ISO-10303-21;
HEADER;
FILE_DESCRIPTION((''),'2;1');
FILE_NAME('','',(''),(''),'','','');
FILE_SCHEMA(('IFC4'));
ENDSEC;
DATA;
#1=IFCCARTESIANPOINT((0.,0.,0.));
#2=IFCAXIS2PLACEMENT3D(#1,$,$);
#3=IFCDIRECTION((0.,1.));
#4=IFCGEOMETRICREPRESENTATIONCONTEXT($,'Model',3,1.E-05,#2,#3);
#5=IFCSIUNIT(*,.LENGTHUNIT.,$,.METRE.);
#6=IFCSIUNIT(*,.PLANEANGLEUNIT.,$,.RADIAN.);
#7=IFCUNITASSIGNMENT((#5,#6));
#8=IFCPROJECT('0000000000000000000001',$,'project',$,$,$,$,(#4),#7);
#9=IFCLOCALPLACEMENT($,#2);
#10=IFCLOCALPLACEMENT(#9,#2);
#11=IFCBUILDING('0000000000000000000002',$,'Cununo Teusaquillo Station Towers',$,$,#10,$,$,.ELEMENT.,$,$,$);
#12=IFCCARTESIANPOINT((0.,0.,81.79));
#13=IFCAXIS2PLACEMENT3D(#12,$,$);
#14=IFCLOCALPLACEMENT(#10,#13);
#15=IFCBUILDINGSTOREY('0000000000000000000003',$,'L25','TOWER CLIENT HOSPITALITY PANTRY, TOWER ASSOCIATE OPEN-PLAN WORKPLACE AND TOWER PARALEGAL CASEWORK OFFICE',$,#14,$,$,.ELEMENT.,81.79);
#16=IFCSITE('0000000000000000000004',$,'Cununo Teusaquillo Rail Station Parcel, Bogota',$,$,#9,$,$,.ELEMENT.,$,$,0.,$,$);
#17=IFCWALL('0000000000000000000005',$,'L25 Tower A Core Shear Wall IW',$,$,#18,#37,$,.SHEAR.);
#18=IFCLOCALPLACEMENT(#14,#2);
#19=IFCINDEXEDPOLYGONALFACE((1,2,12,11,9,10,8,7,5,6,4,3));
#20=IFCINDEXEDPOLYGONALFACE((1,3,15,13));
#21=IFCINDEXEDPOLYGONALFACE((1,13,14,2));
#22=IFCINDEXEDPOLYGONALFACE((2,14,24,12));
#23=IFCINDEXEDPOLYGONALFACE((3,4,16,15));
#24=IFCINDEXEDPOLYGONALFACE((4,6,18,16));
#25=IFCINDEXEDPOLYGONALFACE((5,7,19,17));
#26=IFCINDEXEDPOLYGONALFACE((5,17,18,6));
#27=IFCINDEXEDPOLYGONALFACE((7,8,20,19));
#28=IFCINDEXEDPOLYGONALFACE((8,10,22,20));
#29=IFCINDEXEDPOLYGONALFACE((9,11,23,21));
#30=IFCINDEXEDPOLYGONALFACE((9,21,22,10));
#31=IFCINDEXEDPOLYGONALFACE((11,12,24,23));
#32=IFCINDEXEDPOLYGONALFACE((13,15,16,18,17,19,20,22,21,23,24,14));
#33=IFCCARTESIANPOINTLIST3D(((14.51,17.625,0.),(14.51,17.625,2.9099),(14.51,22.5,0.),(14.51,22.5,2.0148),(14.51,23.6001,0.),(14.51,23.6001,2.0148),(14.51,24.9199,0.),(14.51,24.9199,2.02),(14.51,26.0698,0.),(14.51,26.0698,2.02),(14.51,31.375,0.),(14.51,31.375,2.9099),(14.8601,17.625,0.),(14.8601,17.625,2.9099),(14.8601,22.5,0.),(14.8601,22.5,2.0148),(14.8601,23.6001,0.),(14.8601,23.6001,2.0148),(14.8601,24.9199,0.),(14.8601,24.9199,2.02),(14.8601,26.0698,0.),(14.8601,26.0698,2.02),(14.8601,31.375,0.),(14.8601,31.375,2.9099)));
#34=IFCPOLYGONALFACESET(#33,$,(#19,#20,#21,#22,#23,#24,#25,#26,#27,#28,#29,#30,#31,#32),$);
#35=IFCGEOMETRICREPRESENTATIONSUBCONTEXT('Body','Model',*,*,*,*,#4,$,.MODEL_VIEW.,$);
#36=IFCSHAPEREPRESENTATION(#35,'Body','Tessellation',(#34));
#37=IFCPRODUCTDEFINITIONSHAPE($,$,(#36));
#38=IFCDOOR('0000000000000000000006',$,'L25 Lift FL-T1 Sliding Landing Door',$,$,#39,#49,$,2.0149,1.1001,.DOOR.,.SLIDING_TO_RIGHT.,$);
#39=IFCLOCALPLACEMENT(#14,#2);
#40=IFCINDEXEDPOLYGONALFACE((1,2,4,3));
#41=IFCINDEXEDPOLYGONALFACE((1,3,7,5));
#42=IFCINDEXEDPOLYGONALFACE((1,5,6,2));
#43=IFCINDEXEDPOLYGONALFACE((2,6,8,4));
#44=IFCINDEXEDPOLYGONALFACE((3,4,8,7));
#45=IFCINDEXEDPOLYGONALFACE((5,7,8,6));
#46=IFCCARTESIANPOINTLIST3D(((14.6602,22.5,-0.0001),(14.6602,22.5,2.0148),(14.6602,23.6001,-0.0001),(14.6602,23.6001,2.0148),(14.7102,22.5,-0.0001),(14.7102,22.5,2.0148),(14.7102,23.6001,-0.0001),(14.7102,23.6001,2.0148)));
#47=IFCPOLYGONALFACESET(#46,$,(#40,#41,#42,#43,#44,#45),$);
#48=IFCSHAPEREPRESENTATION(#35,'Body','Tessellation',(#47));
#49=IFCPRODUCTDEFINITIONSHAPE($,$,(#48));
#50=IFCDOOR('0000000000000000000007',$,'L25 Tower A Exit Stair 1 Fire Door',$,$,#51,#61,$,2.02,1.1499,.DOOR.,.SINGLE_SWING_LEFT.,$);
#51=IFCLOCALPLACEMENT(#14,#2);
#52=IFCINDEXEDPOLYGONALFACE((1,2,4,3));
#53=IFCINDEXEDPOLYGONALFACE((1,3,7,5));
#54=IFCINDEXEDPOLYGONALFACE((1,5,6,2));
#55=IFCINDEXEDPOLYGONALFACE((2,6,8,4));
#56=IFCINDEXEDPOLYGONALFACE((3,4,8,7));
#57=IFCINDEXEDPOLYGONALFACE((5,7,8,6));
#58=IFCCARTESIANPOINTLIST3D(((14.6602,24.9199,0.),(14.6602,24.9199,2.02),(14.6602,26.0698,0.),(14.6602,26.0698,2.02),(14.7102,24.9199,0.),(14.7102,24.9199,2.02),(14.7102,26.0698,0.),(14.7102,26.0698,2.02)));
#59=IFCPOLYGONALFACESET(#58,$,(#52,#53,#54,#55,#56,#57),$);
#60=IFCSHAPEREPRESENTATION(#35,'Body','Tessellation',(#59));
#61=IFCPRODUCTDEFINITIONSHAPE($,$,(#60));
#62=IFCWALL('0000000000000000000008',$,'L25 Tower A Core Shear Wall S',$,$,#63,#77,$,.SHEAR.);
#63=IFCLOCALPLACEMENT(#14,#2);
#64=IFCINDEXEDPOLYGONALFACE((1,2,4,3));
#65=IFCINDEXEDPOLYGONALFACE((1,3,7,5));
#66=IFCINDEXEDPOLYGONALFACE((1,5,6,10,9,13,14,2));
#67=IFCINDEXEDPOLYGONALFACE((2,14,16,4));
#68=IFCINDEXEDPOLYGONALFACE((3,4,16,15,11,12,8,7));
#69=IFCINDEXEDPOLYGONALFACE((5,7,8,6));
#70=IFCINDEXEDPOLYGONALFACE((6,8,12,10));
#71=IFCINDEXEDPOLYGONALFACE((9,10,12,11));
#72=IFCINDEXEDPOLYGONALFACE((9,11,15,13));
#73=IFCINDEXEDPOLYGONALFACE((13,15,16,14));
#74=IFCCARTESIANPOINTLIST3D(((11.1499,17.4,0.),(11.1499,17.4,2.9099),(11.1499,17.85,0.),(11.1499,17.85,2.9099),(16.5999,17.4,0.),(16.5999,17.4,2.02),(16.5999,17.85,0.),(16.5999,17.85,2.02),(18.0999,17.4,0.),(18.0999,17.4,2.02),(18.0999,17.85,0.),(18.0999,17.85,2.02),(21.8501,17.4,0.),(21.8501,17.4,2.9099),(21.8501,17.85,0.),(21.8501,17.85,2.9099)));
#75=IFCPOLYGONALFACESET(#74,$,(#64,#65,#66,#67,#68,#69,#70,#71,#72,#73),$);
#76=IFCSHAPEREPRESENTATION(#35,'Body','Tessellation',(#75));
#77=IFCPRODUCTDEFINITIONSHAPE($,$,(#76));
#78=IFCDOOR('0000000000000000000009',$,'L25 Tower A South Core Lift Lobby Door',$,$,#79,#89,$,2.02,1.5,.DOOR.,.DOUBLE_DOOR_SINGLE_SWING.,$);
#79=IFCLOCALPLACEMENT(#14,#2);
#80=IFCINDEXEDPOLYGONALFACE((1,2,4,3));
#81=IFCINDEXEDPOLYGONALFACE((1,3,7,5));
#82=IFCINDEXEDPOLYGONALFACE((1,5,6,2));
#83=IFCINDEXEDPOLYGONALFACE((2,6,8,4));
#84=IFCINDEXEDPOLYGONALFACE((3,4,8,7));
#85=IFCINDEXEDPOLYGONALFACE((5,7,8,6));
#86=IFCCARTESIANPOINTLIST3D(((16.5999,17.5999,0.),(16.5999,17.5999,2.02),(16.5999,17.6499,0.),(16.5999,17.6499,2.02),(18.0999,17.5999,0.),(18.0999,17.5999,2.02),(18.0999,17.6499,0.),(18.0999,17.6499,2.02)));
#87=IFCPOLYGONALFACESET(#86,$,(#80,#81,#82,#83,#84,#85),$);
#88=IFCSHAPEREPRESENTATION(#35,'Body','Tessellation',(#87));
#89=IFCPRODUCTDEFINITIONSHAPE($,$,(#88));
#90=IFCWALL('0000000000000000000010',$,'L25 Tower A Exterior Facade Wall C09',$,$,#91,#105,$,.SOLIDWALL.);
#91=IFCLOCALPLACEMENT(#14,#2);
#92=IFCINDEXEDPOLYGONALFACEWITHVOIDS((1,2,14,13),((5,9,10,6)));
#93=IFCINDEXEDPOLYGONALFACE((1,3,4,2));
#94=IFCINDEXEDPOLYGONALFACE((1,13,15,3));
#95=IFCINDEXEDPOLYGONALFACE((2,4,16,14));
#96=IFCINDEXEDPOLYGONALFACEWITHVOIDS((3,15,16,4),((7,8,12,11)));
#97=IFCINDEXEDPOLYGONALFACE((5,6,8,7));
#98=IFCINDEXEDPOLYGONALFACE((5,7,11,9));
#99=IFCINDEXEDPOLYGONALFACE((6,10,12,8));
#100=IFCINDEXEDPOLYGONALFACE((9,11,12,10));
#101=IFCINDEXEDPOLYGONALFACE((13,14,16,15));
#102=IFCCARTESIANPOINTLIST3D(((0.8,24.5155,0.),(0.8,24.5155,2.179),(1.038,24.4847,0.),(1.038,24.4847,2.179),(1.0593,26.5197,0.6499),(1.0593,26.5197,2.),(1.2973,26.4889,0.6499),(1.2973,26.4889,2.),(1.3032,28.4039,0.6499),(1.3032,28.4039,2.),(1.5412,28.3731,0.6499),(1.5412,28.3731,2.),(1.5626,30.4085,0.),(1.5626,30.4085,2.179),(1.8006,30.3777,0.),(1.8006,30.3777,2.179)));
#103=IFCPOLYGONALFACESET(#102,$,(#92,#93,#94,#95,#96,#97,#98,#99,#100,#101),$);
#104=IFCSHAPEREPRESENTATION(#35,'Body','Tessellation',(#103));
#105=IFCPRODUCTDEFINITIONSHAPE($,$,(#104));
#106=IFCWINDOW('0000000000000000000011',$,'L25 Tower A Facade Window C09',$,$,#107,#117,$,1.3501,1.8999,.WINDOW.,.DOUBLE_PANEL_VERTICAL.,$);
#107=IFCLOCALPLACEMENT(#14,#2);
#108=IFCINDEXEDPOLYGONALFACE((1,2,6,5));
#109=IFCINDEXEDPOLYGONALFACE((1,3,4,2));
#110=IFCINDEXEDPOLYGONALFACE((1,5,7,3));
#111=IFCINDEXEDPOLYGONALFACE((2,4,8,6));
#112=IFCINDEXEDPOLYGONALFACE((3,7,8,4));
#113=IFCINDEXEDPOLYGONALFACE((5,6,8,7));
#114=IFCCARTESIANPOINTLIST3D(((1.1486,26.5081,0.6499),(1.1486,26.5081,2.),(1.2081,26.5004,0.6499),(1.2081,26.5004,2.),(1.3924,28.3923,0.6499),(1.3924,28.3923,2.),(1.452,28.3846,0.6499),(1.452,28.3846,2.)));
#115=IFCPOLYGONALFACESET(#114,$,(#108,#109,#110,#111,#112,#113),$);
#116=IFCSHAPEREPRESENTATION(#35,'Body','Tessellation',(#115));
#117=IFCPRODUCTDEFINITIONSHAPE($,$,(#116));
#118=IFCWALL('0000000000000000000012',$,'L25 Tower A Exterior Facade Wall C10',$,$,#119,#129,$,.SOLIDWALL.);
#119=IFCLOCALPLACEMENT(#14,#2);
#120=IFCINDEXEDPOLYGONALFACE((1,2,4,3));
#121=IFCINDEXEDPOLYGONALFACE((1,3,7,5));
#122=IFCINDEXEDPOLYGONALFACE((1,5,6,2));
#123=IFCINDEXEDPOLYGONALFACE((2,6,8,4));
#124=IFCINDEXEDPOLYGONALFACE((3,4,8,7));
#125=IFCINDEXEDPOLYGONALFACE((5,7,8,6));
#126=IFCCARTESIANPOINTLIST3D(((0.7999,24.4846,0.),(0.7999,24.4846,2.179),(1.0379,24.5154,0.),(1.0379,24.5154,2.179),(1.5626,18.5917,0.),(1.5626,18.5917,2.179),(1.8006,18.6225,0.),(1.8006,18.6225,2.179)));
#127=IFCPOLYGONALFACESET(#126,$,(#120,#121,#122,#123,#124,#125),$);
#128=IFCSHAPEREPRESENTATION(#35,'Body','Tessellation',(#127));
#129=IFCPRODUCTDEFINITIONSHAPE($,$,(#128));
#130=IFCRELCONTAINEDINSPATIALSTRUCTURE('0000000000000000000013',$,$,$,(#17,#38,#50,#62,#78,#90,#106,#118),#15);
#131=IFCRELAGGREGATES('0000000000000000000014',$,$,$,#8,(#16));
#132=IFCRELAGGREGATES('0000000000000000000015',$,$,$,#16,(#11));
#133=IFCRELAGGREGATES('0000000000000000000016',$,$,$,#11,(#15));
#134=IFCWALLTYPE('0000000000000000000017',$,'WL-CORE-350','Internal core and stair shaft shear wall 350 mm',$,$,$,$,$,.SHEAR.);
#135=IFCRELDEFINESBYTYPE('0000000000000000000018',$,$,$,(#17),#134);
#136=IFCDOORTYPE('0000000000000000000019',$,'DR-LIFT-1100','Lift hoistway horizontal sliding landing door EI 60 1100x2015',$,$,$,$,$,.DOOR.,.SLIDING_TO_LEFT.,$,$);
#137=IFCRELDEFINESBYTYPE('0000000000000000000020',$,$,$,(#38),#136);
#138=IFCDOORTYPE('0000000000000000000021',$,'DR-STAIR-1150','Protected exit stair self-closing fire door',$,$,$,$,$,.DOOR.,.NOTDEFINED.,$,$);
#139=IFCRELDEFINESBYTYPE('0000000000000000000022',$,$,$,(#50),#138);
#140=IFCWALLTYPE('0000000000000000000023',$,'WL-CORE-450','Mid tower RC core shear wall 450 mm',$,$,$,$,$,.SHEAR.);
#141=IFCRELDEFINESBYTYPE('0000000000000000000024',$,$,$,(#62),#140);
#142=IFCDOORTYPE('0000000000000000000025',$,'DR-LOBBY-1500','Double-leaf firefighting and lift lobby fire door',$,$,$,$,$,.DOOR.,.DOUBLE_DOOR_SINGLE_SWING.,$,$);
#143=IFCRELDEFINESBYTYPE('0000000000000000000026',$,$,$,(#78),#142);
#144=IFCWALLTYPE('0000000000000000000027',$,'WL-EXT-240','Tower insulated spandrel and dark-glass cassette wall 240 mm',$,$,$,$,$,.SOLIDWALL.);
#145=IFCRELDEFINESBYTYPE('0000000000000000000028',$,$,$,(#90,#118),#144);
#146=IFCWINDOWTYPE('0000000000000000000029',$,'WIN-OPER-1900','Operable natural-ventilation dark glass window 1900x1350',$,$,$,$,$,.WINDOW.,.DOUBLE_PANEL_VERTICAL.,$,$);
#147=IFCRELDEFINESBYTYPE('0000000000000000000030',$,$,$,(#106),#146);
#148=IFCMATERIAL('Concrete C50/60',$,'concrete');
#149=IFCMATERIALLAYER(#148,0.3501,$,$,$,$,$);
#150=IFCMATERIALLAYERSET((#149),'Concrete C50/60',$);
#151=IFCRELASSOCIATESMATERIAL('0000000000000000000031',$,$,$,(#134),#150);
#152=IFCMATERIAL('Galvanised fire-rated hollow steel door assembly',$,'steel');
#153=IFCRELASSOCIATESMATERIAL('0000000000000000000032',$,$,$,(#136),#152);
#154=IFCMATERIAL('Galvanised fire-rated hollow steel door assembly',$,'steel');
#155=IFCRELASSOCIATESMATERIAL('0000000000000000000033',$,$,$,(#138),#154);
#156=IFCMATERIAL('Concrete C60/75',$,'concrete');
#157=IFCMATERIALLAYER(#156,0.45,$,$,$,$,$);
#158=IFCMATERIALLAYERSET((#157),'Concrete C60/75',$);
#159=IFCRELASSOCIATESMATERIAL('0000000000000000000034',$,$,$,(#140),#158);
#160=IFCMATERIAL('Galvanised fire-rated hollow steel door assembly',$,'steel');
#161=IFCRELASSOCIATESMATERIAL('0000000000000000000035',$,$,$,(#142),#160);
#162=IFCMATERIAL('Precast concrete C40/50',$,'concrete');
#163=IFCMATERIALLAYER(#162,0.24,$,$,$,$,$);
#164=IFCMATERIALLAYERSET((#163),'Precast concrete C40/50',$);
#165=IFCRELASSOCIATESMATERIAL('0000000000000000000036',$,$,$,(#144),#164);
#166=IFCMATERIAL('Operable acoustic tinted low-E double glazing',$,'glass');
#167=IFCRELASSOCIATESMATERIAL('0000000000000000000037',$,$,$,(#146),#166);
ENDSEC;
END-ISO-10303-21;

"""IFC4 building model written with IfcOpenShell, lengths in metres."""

from ifc_helpers import new_model, si_unit, direction, frame, frame_2d, origin, place, context, subcontext, project, spatial, rectangle, extrude, source, transform, mapped, material, layer, layer_set, type_object, element, fill, save


model = new_model("IFC4")

# Units and contexts
model_context = context("Model", 3, precision=1e-05, world=origin(), true_north=direction((0.0, 1.0)))
body_context = subcontext(model_context, "Body", "Model", "MODEL_VIEW")
ifc_project = project(units=[si_unit("LENGTHUNIT", "METRE"), si_unit("PLANEANGLEUNIT", "RADIAN")], contexts=[model_context])

# Site, building, storey
site_placement = place(None, origin())
site = spatial("IfcSite", under=ifc_project, at=site_placement, Name="Cununo Teusaquillo Rail Station Parcel, Bogota", CompositionType="ELEMENT", RefElevation=0.0)
building_placement = place(site_placement, origin())
building = spatial("IfcBuilding", under=site, at=building_placement, Name="Cununo Teusaquillo Station Towers", CompositionType="ELEMENT")
storey_placement = place(building_placement, frame((0.0, 0.0, 81.79)))
storey = spatial("IfcBuildingStorey", under=building, at=storey_placement, Name="L25", Description="TOWER CLIENT HOSPITALITY PANTRY, TOWER ASSOCIATE OPEN-PLAN WORKPLACE AND TOWER PARALEGAL CASEWORK OFFICE", CompositionType="ELEMENT", Elevation=81.79)

# Wall, openings, doors
ifc_material_1 = material(Name="Concrete C50/60", Category="concrete")
ifc_layer_1 = layer(ifc_material_1, 0.3501)
ifc_layer_set_1 = layer_set([ifc_layer_1], Name="Concrete C50/60")
wall_type_1 = type_object("IfcWallType", Name="WL-CORE-350", Description="Internal core and stair shaft shear wall 350 mm", PredefinedType="SHEAR", material=ifc_layer_set_1)
wall_1_placement = place(storey_placement, frame((14.6851, 17.625, 0.0), z_axis=(0.0, 0.0, 1.0), x_axis=(0.0, 1.0, 0.0)))
wall_1 = element("IfcWall", 1, at=wall_1_placement, inside=storey, type_object=wall_type_1, Name="L25 Tower A Core Shear Wall IW", PredefinedType="SHEAR", context=body_context, shape_type="SweptSolid", body=[
    extrude(rectangle(XDim=13.75, YDim=0.3501, at=frame_2d((6.875, 0.0))), origin(), (0.0, 0.0, 1.0), 2.9099),
])
shared_shape_1 = source(origin(), body_context, "Body", "SweptSolid", [
    extrude(rectangle(XDim=1.1001, YDim=2.0149, at=frame_2d((0.55, 1.0073))), frame((0.0, 0.1851, 0.0), z_axis=(0.0, -1.0, 0.0), x_axis=(1.0, 0.0, 0.0)), (0.0, 0.0, 1.0), 0.3701),
])
opening_1_placement = place(wall_1_placement, frame((4.875, 0.0, 0.0)))
opening_1 = element("IfcOpeningElement", 2, at=opening_1_placement, cuts=wall_1, PredefinedType="OPENING", context=body_context, shape_type="MappedRepresentation", body=[
    mapped(shared_shape_1, transform((0.0, 0.0, 0.0), x_axis=(1.0, 0.0, 0.0), y_axis=(0.0, 1.0, 0.0), z_axis=(0.0, 0.0, 1.0), scale=1.0)),
])
shared_shape_2 = source(origin(), body_context, "Body", "SweptSolid", [
    extrude(rectangle(XDim=1.1499, YDim=2.02, at=frame_2d((0.575, 1.01))), frame((0.0, 0.1851, 0.0), z_axis=(0.0, -1.0, 0.0), x_axis=(1.0, 0.0, 0.0)), (0.0, 0.0, 1.0), 0.3701),
])
opening_2_placement = place(wall_1_placement, frame((7.2949, 0.0, 0.0)))
opening_2 = element("IfcOpeningElement", 3, at=opening_2_placement, cuts=wall_1, PredefinedType="OPENING", context=body_context, shape_type="MappedRepresentation", body=[
    mapped(shared_shape_2, transform((0.0, 0.0, 0.0), x_axis=(1.0, 0.0, 0.0), y_axis=(0.0, 1.0, 0.0), z_axis=(0.0, 0.0, 1.0), scale=1.0)),
])
ifc_material_2 = material(Name="Galvanised fire-rated hollow steel door assembly", Category="steel")
door_type_1 = type_object("IfcDoorType", Name="DR-LIFT-1100", Description="Lift hoistway horizontal sliding landing door EI 60 1100x2015", OperationType="SLIDING_TO_LEFT", PredefinedType="DOOR", material=ifc_material_2)
shared_shape_3 = source(origin(), body_context, "Body", "SweptSolid", [
    extrude(rectangle(XDim=1.1001, YDim=2.0149, at=frame_2d((0.55, 1.0073))), frame((0.0, 0.0249, 0.0), z_axis=(0.0, -1.0, 0.0), x_axis=(1.0, 0.0, 0.0)), (0.0, 0.0, 1.0), 0.05),
])
door_1_placement = place(opening_1_placement, origin())
door_1 = element("IfcDoor", 4, at=door_1_placement, inside=storey, type_object=door_type_1, Name="L25 Lift FL-T1 Sliding Landing Door", OperationType="SLIDING_TO_RIGHT", OverallHeight=2.0149, OverallWidth=1.1001, PredefinedType="DOOR", context=body_context, shape_type="MappedRepresentation", body=[
    mapped(shared_shape_3, transform((0.0, 0.0, 0.0), x_axis=(1.0, 0.0, 0.0), y_axis=(0.0, 1.0, 0.0), z_axis=(0.0, 0.0, 1.0), scale=1.0)),
])
fill(opening_1, door_1)
ifc_material_3 = material(Name="Galvanised fire-rated hollow steel door assembly", Category="steel")
door_type_2 = type_object("IfcDoorType", Name="DR-STAIR-1150", Description="Protected exit stair self-closing fire door", OperationType="NOTDEFINED", PredefinedType="DOOR", material=ifc_material_3)
shared_shape_4 = source(origin(), body_context, "Body", "SweptSolid", [
    extrude(rectangle(XDim=1.1499, YDim=2.02, at=frame_2d((0.575, 1.01))), frame((0.0, 0.0249, 0.0), z_axis=(0.0, -1.0, 0.0), x_axis=(1.0, 0.0, 0.0)), (0.0, 0.0, 1.0), 0.05),
])
door_2_placement = place(opening_2_placement, origin())
door_2 = element("IfcDoor", 5, at=door_2_placement, inside=storey, type_object=door_type_2, Name="L25 Tower A Exit Stair 1 Fire Door", OperationType="SINGLE_SWING_LEFT", OverallHeight=2.02, OverallWidth=1.1499, PredefinedType="DOOR", context=body_context, shape_type="MappedRepresentation", body=[
    mapped(shared_shape_4, transform((0.0, 0.0, 0.0), x_axis=(1.0, 0.0, 0.0), y_axis=(0.0, 1.0, 0.0), z_axis=(0.0, 0.0, 1.0), scale=1.0)),
])
fill(opening_2, door_2)

# Wall, opening, door
ifc_material_4 = material(Name="Concrete C60/75", Category="concrete")
ifc_layer_2 = layer(ifc_material_4, 0.45)
ifc_layer_set_2 = layer_set([ifc_layer_2], Name="Concrete C60/75")
wall_type_2 = type_object("IfcWallType", Name="WL-CORE-450", Description="Mid tower RC core shear wall 450 mm", PredefinedType="SHEAR", material=ifc_layer_set_2)
wall_2_placement = place(storey_placement, frame((11.1499, 17.625, 0.0), z_axis=(0.0, 0.0, 1.0), x_axis=(1.0, 0.0, 0.0)))
wall_2 = element("IfcWall", 6, at=wall_2_placement, inside=storey, type_object=wall_type_2, Name="L25 Tower A Core Shear Wall S", PredefinedType="SHEAR", context=body_context, shape_type="SweptSolid", body=[
    extrude(rectangle(XDim=10.7002, YDim=0.45, at=frame_2d((5.3501, 0.0))), origin(), (0.0, 0.0, 1.0), 2.9099),
])
shared_shape_5 = source(origin(), body_context, "Body", "SweptSolid", [
    extrude(rectangle(XDim=1.5, YDim=2.02, at=frame_2d((0.75, 1.01))), frame((0.0, 0.2349, 0.0), z_axis=(0.0, -1.0, 0.0), x_axis=(1.0, 0.0, 0.0)), (0.0, 0.0, 1.0), 0.47),
])
opening_3_placement = place(wall_2_placement, frame((5.45, 0.0, 0.0)))
opening_3 = element("IfcOpeningElement", 7, at=opening_3_placement, cuts=wall_2, PredefinedType="OPENING", context=body_context, shape_type="MappedRepresentation", body=[
    mapped(shared_shape_5, transform((0.0, 0.0, 0.0), x_axis=(1.0, 0.0, 0.0), y_axis=(0.0, 1.0, 0.0), z_axis=(0.0, 0.0, 1.0), scale=1.0)),
])
ifc_material_5 = material(Name="Galvanised fire-rated hollow steel door assembly", Category="steel")
door_type_3 = type_object("IfcDoorType", Name="DR-LOBBY-1500", Description="Double-leaf firefighting and lift lobby fire door", OperationType="DOUBLE_DOOR_SINGLE_SWING", PredefinedType="DOOR", material=ifc_material_5)
shared_shape_6 = source(origin(), body_context, "Body", "SweptSolid", [
    extrude(rectangle(XDim=1.5, YDim=2.02, at=frame_2d((0.75, 1.01))), frame((0.0, 0.0249, 0.0), z_axis=(0.0, -1.0, 0.0), x_axis=(1.0, 0.0, 0.0)), (0.0, 0.0, 1.0), 0.05),
])
door_3_placement = place(opening_3_placement, origin())
door_3 = element("IfcDoor", 8, at=door_3_placement, inside=storey, type_object=door_type_3, Name="L25 Tower A South Core Lift Lobby Door", OperationType="DOUBLE_DOOR_SINGLE_SWING", OverallHeight=2.02, OverallWidth=1.5, PredefinedType="DOOR", context=body_context, shape_type="MappedRepresentation", body=[
    mapped(shared_shape_6, transform((0.0, 0.0, 0.0), x_axis=(1.0, 0.0, 0.0), y_axis=(0.0, 1.0, 0.0), z_axis=(0.0, 0.0, 1.0), scale=1.0)),
])
fill(opening_3, door_3)

# Wall, opening, window
ifc_material_6 = material(Name="Precast concrete C40/50", Category="concrete")
ifc_layer_3 = layer(ifc_material_6, 0.24)
ifc_layer_set_3 = layer_set([ifc_layer_3], Name="Precast concrete C40/50")
wall_type_3 = type_object("IfcWallType", Name="WL-EXT-240", Description="Tower insulated spandrel and dark-glass cassette wall 240 mm", PredefinedType="SOLIDWALL", material=ifc_layer_set_3)
wall_3_placement = place(storey_placement, frame((0.9189, 24.5, 0.0), z_axis=(0.0, 0.0, 1.0), x_axis=(0.128352, 0.991729, 0.0)))
wall_3 = element("IfcWall", 9, at=wall_3_placement, inside=storey, type_object=wall_type_3, Name="L25 Tower A Exterior Facade Wall C09", PredefinedType="SOLIDWALL", context=body_context, shape_type="SweptSolid", body=[
    extrude(rectangle(XDim=5.9421, YDim=0.24, at=frame_2d((2.9712, 0.0))), origin(), (0.0, 0.0, 1.0), 2.179),
])
shared_shape_7 = source(origin(), body_context, "Body", "SweptSolid", [
    extrude(rectangle(XDim=1.8999, YDim=1.3501, at=frame_2d((0.95, 0.675))), frame((0.0, 0.1299, 0.0), z_axis=(0.0, -1.0, 0.0), x_axis=(1.0, 0.0, 0.0)), (0.0, 0.0, 1.0), 0.26),
])
opening_4_placement = place(wall_3_placement, frame((2.021, 0.0, 0.6499)))
opening_4 = element("IfcOpeningElement", 10, at=opening_4_placement, cuts=wall_3, PredefinedType="OPENING", context=body_context, shape_type="MappedRepresentation", body=[
    mapped(shared_shape_7, transform((0.0, 0.0, 0.0), x_axis=(1.0, 0.0, 0.0), y_axis=(0.0, 1.0, 0.0), z_axis=(0.0, 0.0, 1.0), scale=1.0)),
])
ifc_material_7 = material(Name="Operable acoustic tinted low-E double glazing", Category="glass")
window_type = type_object("IfcWindowType", Name="WIN-OPER-1900", Description="Operable natural-ventilation dark glass window 1900x1350", PartitioningType="DOUBLE_PANEL_VERTICAL", PredefinedType="WINDOW", material=ifc_material_7)
shared_shape_8 = source(origin(), body_context, "Body", "SweptSolid", [
    extrude(rectangle(XDim=1.8999, YDim=1.3501, at=frame_2d((0.95, 0.675))), frame((0.0, 0.03, 0.0), z_axis=(0.0, -1.0, 0.0), x_axis=(1.0, 0.0, 0.0)), (0.0, 0.0, 1.0), 0.0601),
])
window_placement = place(opening_4_placement, origin())
window = element("IfcWindow", 11, at=window_placement, inside=storey, type_object=window_type, Name="L25 Tower A Facade Window C09", OverallHeight=1.3501, OverallWidth=1.8999, PartitioningType="DOUBLE_PANEL_VERTICAL", PredefinedType="WINDOW", context=body_context, shape_type="MappedRepresentation", body=[
    mapped(shared_shape_8, transform((0.0, 0.0, 0.0), x_axis=(1.0, 0.0, 0.0), y_axis=(0.0, 1.0, 0.0), z_axis=(0.0, 0.0, 1.0), scale=1.0)),
])
fill(opening_4, window)

# Wall
wall_4_placement = place(storey_placement, frame((1.6816, 18.6069, 0.0), z_axis=(0.0, 0.0, 1.0), x_axis=(-0.128352, 0.991729, 0.0)))
element("IfcWall", 12, at=wall_4_placement, inside=storey, type_object=wall_type_3, Name="L25 Tower A Exterior Facade Wall C10", PredefinedType="SOLIDWALL", context=body_context, shape_type="SweptSolid", body=[
    extrude(rectangle(XDim=5.9421, YDim=0.24, at=frame_2d((2.9712, 0.0))), origin(), (0.0, 0.0, 1.0), 2.179),
])

save(model, "model.ifc")
